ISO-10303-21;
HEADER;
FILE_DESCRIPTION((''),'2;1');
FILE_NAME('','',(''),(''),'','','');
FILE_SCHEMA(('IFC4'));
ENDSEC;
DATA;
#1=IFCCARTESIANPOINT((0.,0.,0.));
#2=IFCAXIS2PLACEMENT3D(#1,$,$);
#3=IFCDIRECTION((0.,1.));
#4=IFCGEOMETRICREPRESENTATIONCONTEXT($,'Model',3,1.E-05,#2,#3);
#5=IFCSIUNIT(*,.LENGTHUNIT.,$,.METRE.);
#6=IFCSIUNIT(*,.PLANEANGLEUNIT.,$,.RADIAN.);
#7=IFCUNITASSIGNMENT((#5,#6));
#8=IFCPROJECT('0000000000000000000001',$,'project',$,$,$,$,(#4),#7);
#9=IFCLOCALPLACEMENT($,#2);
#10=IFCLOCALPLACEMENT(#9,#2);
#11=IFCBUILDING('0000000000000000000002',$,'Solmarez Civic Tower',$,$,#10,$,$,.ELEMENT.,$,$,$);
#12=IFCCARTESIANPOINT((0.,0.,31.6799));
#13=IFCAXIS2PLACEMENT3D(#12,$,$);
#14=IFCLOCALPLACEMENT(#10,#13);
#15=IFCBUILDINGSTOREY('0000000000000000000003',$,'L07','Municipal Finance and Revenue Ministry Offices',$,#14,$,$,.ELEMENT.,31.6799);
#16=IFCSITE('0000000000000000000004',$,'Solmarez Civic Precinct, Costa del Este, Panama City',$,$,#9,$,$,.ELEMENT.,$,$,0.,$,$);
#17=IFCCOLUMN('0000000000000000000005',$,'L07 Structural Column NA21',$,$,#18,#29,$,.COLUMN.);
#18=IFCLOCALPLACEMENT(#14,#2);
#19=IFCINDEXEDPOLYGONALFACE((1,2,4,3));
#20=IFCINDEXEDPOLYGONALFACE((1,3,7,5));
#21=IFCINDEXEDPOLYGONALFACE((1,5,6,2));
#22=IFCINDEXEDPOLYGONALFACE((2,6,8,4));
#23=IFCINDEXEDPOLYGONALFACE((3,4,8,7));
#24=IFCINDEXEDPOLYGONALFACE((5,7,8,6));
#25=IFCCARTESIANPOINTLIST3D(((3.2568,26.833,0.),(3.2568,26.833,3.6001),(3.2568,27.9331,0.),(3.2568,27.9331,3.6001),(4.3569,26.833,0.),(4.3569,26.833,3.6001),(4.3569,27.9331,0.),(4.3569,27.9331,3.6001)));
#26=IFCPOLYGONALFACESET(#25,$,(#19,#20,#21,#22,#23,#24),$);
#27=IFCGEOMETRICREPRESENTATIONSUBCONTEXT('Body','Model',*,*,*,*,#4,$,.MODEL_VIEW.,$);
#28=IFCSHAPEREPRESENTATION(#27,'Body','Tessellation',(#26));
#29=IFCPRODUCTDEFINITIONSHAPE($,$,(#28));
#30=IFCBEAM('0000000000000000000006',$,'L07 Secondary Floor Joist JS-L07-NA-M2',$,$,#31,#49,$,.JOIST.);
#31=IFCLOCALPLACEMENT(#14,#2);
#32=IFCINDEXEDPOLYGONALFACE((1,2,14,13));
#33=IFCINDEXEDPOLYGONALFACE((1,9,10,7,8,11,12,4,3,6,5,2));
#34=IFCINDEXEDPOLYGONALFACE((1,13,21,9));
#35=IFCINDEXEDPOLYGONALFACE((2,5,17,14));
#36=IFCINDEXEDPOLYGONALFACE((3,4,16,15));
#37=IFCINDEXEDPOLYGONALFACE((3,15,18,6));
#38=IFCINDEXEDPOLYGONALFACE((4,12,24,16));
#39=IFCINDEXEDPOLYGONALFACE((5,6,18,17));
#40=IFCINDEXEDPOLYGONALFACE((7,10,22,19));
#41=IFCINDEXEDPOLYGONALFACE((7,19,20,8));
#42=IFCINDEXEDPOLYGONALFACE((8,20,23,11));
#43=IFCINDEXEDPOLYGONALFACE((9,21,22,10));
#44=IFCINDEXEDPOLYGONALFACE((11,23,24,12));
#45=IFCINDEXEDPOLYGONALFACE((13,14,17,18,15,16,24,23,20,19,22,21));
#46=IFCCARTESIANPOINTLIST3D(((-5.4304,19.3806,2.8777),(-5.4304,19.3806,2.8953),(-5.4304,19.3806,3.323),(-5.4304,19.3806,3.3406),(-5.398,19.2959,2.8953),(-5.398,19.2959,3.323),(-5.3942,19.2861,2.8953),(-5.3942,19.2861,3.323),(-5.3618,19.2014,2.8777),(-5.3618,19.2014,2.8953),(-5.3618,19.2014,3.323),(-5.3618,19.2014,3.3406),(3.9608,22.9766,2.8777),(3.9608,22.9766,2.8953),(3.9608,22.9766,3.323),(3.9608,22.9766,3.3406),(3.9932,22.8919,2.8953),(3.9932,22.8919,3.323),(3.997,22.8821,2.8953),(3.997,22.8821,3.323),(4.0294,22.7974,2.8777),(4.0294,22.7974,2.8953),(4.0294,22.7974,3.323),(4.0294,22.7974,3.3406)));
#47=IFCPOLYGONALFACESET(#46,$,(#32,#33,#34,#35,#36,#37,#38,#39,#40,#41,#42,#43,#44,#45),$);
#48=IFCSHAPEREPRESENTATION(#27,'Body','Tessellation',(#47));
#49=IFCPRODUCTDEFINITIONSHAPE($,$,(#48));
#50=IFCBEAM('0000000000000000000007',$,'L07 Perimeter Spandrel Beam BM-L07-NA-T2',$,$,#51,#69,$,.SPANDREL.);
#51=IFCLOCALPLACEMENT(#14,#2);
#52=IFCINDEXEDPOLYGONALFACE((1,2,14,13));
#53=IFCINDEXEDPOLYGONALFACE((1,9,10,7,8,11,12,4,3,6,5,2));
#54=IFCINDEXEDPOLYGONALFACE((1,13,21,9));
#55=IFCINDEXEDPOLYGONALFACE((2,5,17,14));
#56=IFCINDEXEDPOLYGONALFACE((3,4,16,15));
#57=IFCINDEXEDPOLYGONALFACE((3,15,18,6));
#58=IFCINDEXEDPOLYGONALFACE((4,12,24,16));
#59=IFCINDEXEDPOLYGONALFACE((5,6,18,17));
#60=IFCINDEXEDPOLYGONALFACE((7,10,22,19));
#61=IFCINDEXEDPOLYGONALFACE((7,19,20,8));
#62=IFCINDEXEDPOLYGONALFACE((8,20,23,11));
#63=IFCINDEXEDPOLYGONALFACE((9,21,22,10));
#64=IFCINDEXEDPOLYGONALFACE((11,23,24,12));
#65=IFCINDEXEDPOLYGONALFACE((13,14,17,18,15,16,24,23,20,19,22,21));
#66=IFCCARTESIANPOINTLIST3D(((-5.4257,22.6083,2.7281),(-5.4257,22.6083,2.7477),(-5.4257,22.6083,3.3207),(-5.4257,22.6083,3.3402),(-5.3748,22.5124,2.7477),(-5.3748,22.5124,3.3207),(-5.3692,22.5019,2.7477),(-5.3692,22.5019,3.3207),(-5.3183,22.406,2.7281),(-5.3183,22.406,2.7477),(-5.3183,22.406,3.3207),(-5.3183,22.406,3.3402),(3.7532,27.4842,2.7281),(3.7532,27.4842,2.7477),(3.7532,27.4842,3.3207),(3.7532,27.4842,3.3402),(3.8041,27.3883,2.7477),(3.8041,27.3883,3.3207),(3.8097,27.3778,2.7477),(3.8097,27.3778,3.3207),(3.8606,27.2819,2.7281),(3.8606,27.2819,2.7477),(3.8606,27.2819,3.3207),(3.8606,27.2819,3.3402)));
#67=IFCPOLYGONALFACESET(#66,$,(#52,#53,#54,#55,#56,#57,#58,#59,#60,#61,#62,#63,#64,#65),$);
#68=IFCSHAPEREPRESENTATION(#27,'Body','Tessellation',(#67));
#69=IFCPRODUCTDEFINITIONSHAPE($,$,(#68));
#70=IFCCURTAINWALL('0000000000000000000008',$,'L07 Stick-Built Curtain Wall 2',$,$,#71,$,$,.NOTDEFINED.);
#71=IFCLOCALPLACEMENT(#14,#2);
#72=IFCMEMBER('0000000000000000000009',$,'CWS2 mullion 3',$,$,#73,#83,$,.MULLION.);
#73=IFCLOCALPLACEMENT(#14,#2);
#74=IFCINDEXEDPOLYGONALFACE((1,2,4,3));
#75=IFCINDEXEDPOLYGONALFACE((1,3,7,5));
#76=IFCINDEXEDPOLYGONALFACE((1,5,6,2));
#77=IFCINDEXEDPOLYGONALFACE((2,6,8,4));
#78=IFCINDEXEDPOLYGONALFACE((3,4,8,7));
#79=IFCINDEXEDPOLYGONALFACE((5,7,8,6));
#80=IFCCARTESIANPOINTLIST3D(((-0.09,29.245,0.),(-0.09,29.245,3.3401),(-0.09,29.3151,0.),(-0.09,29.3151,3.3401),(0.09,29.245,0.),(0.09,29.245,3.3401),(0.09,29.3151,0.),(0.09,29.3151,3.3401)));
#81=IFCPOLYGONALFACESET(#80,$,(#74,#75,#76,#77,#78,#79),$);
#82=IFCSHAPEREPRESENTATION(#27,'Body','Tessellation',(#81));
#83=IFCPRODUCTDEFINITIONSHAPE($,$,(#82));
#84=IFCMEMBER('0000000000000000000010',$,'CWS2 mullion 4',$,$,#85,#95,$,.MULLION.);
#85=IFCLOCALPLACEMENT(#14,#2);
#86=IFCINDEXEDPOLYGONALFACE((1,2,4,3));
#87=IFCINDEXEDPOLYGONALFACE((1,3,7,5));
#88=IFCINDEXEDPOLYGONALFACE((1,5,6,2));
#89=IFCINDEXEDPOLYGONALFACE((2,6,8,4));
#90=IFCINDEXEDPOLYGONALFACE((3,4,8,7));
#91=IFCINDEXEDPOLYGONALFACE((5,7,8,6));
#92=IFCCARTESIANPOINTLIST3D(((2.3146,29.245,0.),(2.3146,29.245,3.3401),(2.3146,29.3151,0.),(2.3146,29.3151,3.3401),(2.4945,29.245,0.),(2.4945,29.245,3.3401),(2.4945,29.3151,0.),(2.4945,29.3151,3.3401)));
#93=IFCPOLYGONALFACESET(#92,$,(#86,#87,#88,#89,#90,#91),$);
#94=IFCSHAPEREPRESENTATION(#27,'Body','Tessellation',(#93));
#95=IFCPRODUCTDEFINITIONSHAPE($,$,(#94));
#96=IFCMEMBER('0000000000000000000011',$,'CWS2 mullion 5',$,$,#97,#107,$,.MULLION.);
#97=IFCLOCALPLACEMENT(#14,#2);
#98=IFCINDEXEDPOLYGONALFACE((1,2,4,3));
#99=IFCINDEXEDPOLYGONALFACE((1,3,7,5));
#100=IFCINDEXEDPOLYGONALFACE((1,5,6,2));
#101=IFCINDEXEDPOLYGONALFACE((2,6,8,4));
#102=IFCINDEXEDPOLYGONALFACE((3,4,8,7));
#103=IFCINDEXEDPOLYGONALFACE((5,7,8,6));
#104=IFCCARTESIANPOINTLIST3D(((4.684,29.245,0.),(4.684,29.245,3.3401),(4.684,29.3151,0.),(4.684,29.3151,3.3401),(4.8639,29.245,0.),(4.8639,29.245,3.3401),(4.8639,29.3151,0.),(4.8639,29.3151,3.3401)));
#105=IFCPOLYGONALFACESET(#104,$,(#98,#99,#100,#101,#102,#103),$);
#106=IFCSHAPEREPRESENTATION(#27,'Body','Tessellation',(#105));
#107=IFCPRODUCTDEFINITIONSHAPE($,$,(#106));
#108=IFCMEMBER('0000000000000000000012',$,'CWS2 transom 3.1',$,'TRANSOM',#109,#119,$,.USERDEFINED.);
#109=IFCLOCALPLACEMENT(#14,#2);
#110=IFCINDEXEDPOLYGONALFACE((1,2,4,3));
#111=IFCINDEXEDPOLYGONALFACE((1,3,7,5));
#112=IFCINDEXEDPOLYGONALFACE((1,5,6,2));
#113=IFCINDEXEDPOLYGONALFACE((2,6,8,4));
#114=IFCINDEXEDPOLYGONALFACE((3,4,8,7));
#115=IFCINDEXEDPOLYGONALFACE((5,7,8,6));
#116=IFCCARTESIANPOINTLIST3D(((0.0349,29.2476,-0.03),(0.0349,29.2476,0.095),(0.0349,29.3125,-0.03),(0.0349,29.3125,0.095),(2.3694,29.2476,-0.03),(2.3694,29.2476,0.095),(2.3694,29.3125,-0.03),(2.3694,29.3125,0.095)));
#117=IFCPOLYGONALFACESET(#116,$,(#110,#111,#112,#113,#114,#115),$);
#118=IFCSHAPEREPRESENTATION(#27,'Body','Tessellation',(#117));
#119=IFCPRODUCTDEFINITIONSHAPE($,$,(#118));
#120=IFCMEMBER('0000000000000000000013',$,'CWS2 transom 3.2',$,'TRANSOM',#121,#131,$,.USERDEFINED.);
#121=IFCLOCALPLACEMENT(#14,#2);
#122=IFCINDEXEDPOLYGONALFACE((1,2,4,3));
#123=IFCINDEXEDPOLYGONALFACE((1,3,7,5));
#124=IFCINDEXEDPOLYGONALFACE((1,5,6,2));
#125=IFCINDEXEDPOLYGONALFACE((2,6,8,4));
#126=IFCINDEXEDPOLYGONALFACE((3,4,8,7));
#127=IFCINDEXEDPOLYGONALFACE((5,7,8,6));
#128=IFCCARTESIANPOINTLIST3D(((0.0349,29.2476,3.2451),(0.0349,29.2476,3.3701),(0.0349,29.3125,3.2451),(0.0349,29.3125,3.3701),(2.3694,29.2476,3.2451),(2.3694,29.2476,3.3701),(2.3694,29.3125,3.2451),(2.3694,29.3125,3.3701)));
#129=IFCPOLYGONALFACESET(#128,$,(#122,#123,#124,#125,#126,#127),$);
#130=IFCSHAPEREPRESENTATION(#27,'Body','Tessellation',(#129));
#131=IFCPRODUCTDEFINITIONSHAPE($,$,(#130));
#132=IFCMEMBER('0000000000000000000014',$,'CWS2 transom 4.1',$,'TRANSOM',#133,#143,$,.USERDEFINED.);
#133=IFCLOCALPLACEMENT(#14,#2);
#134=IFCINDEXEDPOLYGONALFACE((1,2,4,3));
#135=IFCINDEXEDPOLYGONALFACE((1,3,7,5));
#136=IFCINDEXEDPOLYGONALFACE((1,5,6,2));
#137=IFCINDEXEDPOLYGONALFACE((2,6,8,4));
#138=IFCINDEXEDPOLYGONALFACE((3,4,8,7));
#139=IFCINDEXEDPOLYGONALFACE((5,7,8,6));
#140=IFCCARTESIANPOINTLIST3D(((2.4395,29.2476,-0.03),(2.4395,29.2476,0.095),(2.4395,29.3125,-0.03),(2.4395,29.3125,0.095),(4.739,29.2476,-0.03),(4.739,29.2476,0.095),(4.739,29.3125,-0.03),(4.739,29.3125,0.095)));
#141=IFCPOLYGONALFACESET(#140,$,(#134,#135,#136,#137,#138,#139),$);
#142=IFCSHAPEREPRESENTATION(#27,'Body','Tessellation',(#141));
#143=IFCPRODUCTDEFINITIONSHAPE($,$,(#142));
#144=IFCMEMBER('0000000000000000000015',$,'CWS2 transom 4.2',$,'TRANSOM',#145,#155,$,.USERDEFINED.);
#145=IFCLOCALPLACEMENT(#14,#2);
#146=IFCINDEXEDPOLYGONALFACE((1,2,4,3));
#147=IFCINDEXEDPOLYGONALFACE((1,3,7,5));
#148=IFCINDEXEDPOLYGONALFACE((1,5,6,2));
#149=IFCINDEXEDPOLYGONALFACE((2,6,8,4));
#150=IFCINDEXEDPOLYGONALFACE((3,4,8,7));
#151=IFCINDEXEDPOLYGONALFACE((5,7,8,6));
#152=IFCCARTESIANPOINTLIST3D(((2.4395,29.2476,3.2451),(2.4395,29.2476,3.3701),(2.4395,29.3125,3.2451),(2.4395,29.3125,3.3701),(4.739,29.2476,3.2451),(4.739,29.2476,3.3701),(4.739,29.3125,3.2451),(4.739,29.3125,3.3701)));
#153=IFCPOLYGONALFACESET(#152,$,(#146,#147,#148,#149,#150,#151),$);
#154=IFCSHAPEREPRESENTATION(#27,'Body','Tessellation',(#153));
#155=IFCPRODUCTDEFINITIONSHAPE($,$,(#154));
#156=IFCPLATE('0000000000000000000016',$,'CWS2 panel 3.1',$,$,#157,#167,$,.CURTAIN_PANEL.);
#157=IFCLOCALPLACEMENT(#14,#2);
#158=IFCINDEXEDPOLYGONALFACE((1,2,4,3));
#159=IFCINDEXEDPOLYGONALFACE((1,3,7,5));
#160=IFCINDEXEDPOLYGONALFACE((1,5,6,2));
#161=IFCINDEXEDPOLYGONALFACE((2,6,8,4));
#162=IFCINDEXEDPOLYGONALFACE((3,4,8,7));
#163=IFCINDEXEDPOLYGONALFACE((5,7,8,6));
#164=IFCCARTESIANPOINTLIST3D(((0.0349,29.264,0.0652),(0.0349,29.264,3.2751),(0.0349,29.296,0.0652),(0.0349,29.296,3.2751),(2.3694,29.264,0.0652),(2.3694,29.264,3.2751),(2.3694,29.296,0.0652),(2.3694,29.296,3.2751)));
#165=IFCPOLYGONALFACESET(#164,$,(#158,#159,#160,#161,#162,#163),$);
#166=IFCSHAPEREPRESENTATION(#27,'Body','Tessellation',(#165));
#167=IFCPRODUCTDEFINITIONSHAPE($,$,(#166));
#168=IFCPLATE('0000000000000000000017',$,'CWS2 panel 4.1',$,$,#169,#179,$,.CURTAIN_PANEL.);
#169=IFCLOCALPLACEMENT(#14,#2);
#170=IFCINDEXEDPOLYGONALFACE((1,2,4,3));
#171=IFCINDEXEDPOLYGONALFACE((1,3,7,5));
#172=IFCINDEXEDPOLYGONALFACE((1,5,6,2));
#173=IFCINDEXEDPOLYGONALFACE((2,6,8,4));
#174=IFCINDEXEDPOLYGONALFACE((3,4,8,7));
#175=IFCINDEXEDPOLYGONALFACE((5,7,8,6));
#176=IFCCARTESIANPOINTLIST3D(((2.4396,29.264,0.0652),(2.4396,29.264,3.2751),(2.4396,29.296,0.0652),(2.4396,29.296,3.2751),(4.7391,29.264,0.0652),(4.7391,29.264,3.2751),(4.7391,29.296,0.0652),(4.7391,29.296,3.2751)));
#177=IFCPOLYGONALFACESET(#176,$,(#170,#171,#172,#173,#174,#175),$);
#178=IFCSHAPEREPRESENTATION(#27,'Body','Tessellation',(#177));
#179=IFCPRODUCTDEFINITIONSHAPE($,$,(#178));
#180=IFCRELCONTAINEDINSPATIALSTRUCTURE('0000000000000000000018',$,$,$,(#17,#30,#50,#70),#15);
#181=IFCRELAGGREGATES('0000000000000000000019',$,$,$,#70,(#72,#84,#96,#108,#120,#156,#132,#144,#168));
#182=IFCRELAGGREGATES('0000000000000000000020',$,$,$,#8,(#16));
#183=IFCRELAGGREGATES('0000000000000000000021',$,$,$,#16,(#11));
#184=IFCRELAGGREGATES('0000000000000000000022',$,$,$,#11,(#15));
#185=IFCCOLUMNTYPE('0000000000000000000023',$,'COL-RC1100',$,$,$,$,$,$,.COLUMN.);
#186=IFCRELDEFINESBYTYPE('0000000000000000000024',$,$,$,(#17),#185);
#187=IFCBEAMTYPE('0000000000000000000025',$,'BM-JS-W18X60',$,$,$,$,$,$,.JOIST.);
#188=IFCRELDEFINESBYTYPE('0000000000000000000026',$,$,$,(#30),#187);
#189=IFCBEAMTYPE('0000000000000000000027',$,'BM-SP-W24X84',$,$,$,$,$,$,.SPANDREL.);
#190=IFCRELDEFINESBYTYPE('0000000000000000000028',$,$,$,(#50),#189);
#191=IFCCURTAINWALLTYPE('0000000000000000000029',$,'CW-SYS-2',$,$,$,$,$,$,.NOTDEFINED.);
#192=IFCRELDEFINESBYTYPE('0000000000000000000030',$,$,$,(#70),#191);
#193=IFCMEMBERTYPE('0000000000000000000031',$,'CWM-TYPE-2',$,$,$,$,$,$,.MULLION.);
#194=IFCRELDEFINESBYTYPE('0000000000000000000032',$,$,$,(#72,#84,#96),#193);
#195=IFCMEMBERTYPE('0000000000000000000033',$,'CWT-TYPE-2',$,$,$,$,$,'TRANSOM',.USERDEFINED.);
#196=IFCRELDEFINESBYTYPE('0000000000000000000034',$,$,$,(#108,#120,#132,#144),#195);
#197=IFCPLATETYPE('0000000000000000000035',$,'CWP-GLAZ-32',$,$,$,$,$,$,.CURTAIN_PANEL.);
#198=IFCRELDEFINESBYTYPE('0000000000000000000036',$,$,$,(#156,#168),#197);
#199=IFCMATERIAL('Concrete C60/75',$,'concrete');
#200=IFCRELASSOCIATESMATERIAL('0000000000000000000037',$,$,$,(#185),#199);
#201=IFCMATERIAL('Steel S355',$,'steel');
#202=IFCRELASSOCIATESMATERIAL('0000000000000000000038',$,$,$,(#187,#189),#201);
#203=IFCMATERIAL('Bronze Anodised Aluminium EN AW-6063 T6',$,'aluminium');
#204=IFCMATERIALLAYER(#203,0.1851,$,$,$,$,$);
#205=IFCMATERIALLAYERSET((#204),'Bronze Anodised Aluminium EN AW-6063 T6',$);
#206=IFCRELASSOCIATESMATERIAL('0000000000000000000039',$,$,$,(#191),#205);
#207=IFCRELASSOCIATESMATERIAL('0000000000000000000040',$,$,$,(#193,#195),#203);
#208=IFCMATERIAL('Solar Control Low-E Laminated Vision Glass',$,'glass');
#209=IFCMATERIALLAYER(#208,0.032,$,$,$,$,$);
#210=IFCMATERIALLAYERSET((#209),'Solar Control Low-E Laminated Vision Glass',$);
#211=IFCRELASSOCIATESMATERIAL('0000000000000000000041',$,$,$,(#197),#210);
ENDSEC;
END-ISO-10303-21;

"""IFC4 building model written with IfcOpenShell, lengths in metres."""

from ifc_helpers import new_model, si_unit, direction, frame, origin, origin_2d, place, context, subcontext, project, spatial, rectangle, i_section, extrude, material, layer, layer_set, material_profile, profile_set, type_object, element, aggregate, save


model = new_model("IFC4")

# Units and contexts
model_context = context("Model", 3, precision=1e-05, world=origin(), true_north=direction((0.0, 1.0)))
body_context = subcontext(model_context, "Body", "Model", "MODEL_VIEW")
ifc_project = project(units=[si_unit("LENGTHUNIT", "METRE"), si_unit("PLANEANGLEUNIT", "RADIAN")], contexts=[model_context])

# Site, building, storey
site_placement = place(None, origin())
site = spatial("IfcSite", under=ifc_project, at=site_placement, Name="Solmarez Civic Precinct, Costa del Este, Panama City", CompositionType="ELEMENT", RefElevation=0.0)
building_placement = place(site_placement, origin())
building = spatial("IfcBuilding", under=site, at=building_placement, Name="Solmarez Civic Tower", CompositionType="ELEMENT")
storey_placement = place(building_placement, frame((0.0, 0.0, 31.6799)))
storey = spatial("IfcBuildingStorey", under=building, at=storey_placement, Name="L07", Description="Municipal Finance and Revenue Ministry Offices", CompositionType="ELEMENT", Elevation=31.6799)

# Column
ifc_material_1 = material(Name="Concrete C60/75", Category="concrete")
ifc_material_profile_1 = material_profile(ifc_material_1, rectangle(XDim=1.1001, YDim=1.1001, at=origin_2d()), Name="RC1100X1100")
ifc_profile_set_1 = profile_set([ifc_material_profile_1], Name="Concrete C60/75")
column_type = type_object("IfcColumnType", Name="COL-RC1100", PredefinedType="COLUMN", material=ifc_profile_set_1)
column_placement = place(storey_placement, frame((3.8069, 27.3831, 0.0), z_axis=(0.0, 0.0, 1.0), x_axis=(1.0, 0.0, 0.0)))
element("IfcColumn", 1, at=column_placement, inside=storey, type_object=column_type, Name="L07 Structural Column NA21", PredefinedType="COLUMN", context=body_context, shape_type="SweptSolid", body=[
    extrude(rectangle(XDim=1.1001, YDim=1.1001, at=origin_2d()), origin(), (0.0, 0.0, 1.0), 3.6001),
])

# Beams
ifc_material_2 = material(Name="Steel S355", Category="steel")
ifc_material_profile_2 = material_profile(ifc_material_2, i_section(OverallWidth=0.1919, OverallDepth=0.4629, WebThickness=0.0105, FlangeThickness=0.0176, at=origin_2d()), Name="W18X60")
ifc_profile_set_2 = profile_set([ifc_material_profile_2], Name="Steel S355")
beam_type_1 = type_object("IfcBeamType", Name="BM-JS-W18X60", PredefinedType="JOIST", material=ifc_profile_set_2)
beam_1_placement = place(storey_placement, frame((3.9951, 22.887, 3.1091), z_axis=(-0.933878, -0.357591, 0.0), x_axis=(0.357591, -0.933878, 0.0)))
element("IfcBeam", 2, at=beam_1_placement, inside=storey, type_object=beam_type_1, Name="L07 Secondary Floor Joist JS-L07-NA-M2", PredefinedType="JOIST", context=body_context, shape_type="SweptSolid", body=[
    extrude(i_section(OverallWidth=0.1919, OverallDepth=0.4629, WebThickness=0.0105, FlangeThickness=0.0176, at=origin_2d()), origin(), (0.0, 0.0, 1.0), 10.0562),
])
ifc_material_profile_3 = material_profile(ifc_material_2, i_section(OverallWidth=0.229, OverallDepth=0.6121, WebThickness=0.012, FlangeThickness=0.0195, at=origin_2d()), Name="W24X84")
ifc_profile_set_3 = profile_set([ifc_material_profile_3], Name="Steel S355")
beam_type_2 = type_object("IfcBeamType", Name="BM-SP-W24X84", PredefinedType="SPANDREL", material=ifc_profile_set_3)
beam_2_placement = place(storey_placement, frame((3.8069, 27.3831, 3.0342), z_axis=(-0.883129, -0.469129, 0.0), x_axis=(0.469129, -0.883129, 0.0)))
element("IfcBeam", 3, at=beam_2_placement, inside=storey, type_object=beam_type_2, Name="L07 Perimeter Spandrel Beam BM-L07-NA-T2", PredefinedType="SPANDREL", context=body_context, shape_type="SweptSolid", body=[
    extrude(i_section(OverallWidth=0.229, OverallDepth=0.6121, WebThickness=0.012, FlangeThickness=0.0195, at=origin_2d()), origin(), (0.0, 0.0, 1.0), 10.3936),
])

# Curtain wall, members, plates
ifc_material_3 = material(Name="Bronze Anodised Aluminium EN AW-6063 T6", Category="aluminium")
ifc_layer_1 = layer(ifc_material_3, 0.1851)
ifc_layer_set_1 = layer_set([ifc_layer_1], Name="Bronze Anodised Aluminium EN AW-6063 T6")
curtain_wall_type = type_object("IfcCurtainWallType", Name="CW-SYS-2", PredefinedType="NOTDEFINED", material=ifc_layer_set_1)
curtain_wall_placement = place(storey_placement, origin())
curtain_wall = element("IfcCurtainWall", 4, at=curtain_wall_placement, inside=storey, type_object=curtain_wall_type, Name="L07 Stick-Built Curtain Wall 2", PredefinedType="NOTDEFINED")
ifc_material_profile_4 = material_profile(ifc_material_3, rectangle(XDim=0.0701, YDim=0.1799, at=origin_2d()), Name="CWM-70X180")
ifc_profile_set_4 = profile_set([ifc_material_profile_4], Name="Bronze Anodised Aluminium EN AW-6063 T6")
member_type_1 = type_object("IfcMemberType", Name="CWM-TYPE-2", PredefinedType="MULLION", material=ifc_profile_set_4)
member_1_placement = place(storey_placement, frame((0.0, 29.28, 0.0), z_axis=(0.0, 0.0, 1.0), x_axis=(0.0, 1.0, 0.0)))
member_1 = element("IfcMember", 5, at=member_1_placement, type_object=member_type_1, Name="CWS2 mullion 3", PredefinedType="MULLION", context=body_context, shape_type="SweptSolid", body=[
    extrude(rectangle(XDim=0.0701, YDim=0.1799, at=origin_2d()), origin(), (0.0, 0.0, 1.0), 3.3401),
])
member_2_placement = place(storey_placement, frame((2.4045, 29.28, 0.0), z_axis=(0.0, 0.0, 1.0), x_axis=(0.0, 1.0, 0.0)))
member_2 = element("IfcMember", 6, at=member_2_placement, type_object=member_type_1, Name="CWS2 mullion 4", PredefinedType="MULLION", context=body_context, shape_type="SweptSolid", body=[
    extrude(rectangle(XDim=0.0701, YDim=0.1799, at=origin_2d()), origin(), (0.0, 0.0, 1.0), 3.3401),
])
member_3_placement = place(storey_placement, frame((4.7739, 29.28, 0.0), z_axis=(0.0, 0.0, 1.0), x_axis=(0.0, 1.0, 0.0)))
member_3 = element("IfcMember", 7, at=member_3_placement, type_object=member_type_1, Name="CWS2 mullion 5", PredefinedType="MULLION", context=body_context, shape_type="SweptSolid", body=[
    extrude(rectangle(XDim=0.0701, YDim=0.1799, at=origin_2d()), origin(), (0.0, 0.0, 1.0), 3.3401),
])
ifc_material_profile_5 = material_profile(ifc_material_3, rectangle(XDim=0.0649, YDim=0.125, at=origin_2d()), Name="CWT-65X125")
ifc_profile_set_5 = profile_set([ifc_material_profile_5], Name="Bronze Anodised Aluminium EN AW-6063 T6")
member_type_2 = type_object("IfcMemberType", Name="CWT-TYPE-2", ElementType="TRANSOM", PredefinedType="USERDEFINED", material=ifc_profile_set_5)
member_4_placement = place(storey_placement, frame((0.0349, 29.28, 0.0325), z_axis=(1.0, 0.0, 0.0), x_axis=(0.0, 1.0, 0.0)))
member_4 = element("IfcMember", 8, at=member_4_placement, type_object=member_type_2, Name="CWS2 transom 3.1", ObjectType="TRANSOM", PredefinedType="USERDEFINED", context=body_context, shape_type="SweptSolid", body=[
    extrude(rectangle(XDim=0.0649, YDim=0.125, at=origin_2d()), origin(), (0.0, 0.0, 1.0), 2.3345),
])
member_5_placement = place(storey_placement, frame((0.0349, 29.28, 3.3076), z_axis=(1.0, 0.0, 0.0), x_axis=(0.0, 1.0, 0.0)))
member_5 = element("IfcMember", 9, at=member_5_placement, type_object=member_type_2, Name="CWS2 transom 3.2", ObjectType="TRANSOM", PredefinedType="USERDEFINED", context=body_context, shape_type="SweptSolid", body=[
    extrude(rectangle(XDim=0.0649, YDim=0.125, at=origin_2d()), origin(), (0.0, 0.0, 1.0), 2.3345),
])
member_6_placement = place(storey_placement, frame((2.4395, 29.28, 0.0325), z_axis=(1.0, 0.0, 0.0), x_axis=(0.0, 1.0, 0.0)))
member_6 = element("IfcMember", 10, at=member_6_placement, type_object=member_type_2, Name="CWS2 transom 4.1", ObjectType="TRANSOM", PredefinedType="USERDEFINED", context=body_context, shape_type="SweptSolid", body=[
    extrude(rectangle(XDim=0.0649, YDim=0.125, at=origin_2d()), origin(), (0.0, 0.0, 1.0), 2.2996),
])
member_7_placement = place(storey_placement, frame((2.4395, 29.28, 3.3076), z_axis=(1.0, 0.0, 0.0), x_axis=(0.0, 1.0, 0.0)))
member_7 = element("IfcMember", 11, at=member_7_placement, type_object=member_type_2, Name="CWS2 transom 4.2", ObjectType="TRANSOM", PredefinedType="USERDEFINED", context=body_context, shape_type="SweptSolid", body=[
    extrude(rectangle(XDim=0.0649, YDim=0.125, at=origin_2d()), origin(), (0.0, 0.0, 1.0), 2.2996),
])
ifc_material_4 = material(Name="Solar Control Low-E Laminated Vision Glass", Category="glass")
ifc_layer_2 = layer(ifc_material_4, 0.032)
ifc_layer_set_2 = layer_set([ifc_layer_2], Name="Solar Control Low-E Laminated Vision Glass")
plate_type = type_object("IfcPlateType", Name="CWP-GLAZ-32", PredefinedType="CURTAIN_PANEL", material=ifc_layer_set_2)
plate_1_placement = place(storey_placement, frame((1.2021, 29.28, 0.0652), z_axis=(0.0, 0.0, 1.0), x_axis=(1.0, 0.0, 0.0)))
plate_1 = element("IfcPlate", 12, at=plate_1_placement, type_object=plate_type, Name="CWS2 panel 3.1", PredefinedType="CURTAIN_PANEL", context=body_context, shape_type="SweptSolid", body=[
    extrude(rectangle(XDim=2.3345, YDim=0.032, at=origin_2d()), origin(), (0.0, 0.0, 1.0), 3.21),
])
plate_2_placement = place(storey_placement, frame((3.5894, 29.28, 0.0652), z_axis=(0.0, 0.0, 1.0), x_axis=(1.0, 0.0, 0.0)))
plate_2 = element("IfcPlate", 13, at=plate_2_placement, type_object=plate_type, Name="CWS2 panel 4.1", PredefinedType="CURTAIN_PANEL", context=body_context, shape_type="SweptSolid", body=[
    extrude(rectangle(XDim=2.2996, YDim=0.032, at=origin_2d()), origin(), (0.0, 0.0, 1.0), 3.21),
])
aggregate(curtain_wall, [member_1, member_2, member_3, member_4, member_5, plate_1, member_6, member_7, plate_2])

save(model, "model.ifc")
